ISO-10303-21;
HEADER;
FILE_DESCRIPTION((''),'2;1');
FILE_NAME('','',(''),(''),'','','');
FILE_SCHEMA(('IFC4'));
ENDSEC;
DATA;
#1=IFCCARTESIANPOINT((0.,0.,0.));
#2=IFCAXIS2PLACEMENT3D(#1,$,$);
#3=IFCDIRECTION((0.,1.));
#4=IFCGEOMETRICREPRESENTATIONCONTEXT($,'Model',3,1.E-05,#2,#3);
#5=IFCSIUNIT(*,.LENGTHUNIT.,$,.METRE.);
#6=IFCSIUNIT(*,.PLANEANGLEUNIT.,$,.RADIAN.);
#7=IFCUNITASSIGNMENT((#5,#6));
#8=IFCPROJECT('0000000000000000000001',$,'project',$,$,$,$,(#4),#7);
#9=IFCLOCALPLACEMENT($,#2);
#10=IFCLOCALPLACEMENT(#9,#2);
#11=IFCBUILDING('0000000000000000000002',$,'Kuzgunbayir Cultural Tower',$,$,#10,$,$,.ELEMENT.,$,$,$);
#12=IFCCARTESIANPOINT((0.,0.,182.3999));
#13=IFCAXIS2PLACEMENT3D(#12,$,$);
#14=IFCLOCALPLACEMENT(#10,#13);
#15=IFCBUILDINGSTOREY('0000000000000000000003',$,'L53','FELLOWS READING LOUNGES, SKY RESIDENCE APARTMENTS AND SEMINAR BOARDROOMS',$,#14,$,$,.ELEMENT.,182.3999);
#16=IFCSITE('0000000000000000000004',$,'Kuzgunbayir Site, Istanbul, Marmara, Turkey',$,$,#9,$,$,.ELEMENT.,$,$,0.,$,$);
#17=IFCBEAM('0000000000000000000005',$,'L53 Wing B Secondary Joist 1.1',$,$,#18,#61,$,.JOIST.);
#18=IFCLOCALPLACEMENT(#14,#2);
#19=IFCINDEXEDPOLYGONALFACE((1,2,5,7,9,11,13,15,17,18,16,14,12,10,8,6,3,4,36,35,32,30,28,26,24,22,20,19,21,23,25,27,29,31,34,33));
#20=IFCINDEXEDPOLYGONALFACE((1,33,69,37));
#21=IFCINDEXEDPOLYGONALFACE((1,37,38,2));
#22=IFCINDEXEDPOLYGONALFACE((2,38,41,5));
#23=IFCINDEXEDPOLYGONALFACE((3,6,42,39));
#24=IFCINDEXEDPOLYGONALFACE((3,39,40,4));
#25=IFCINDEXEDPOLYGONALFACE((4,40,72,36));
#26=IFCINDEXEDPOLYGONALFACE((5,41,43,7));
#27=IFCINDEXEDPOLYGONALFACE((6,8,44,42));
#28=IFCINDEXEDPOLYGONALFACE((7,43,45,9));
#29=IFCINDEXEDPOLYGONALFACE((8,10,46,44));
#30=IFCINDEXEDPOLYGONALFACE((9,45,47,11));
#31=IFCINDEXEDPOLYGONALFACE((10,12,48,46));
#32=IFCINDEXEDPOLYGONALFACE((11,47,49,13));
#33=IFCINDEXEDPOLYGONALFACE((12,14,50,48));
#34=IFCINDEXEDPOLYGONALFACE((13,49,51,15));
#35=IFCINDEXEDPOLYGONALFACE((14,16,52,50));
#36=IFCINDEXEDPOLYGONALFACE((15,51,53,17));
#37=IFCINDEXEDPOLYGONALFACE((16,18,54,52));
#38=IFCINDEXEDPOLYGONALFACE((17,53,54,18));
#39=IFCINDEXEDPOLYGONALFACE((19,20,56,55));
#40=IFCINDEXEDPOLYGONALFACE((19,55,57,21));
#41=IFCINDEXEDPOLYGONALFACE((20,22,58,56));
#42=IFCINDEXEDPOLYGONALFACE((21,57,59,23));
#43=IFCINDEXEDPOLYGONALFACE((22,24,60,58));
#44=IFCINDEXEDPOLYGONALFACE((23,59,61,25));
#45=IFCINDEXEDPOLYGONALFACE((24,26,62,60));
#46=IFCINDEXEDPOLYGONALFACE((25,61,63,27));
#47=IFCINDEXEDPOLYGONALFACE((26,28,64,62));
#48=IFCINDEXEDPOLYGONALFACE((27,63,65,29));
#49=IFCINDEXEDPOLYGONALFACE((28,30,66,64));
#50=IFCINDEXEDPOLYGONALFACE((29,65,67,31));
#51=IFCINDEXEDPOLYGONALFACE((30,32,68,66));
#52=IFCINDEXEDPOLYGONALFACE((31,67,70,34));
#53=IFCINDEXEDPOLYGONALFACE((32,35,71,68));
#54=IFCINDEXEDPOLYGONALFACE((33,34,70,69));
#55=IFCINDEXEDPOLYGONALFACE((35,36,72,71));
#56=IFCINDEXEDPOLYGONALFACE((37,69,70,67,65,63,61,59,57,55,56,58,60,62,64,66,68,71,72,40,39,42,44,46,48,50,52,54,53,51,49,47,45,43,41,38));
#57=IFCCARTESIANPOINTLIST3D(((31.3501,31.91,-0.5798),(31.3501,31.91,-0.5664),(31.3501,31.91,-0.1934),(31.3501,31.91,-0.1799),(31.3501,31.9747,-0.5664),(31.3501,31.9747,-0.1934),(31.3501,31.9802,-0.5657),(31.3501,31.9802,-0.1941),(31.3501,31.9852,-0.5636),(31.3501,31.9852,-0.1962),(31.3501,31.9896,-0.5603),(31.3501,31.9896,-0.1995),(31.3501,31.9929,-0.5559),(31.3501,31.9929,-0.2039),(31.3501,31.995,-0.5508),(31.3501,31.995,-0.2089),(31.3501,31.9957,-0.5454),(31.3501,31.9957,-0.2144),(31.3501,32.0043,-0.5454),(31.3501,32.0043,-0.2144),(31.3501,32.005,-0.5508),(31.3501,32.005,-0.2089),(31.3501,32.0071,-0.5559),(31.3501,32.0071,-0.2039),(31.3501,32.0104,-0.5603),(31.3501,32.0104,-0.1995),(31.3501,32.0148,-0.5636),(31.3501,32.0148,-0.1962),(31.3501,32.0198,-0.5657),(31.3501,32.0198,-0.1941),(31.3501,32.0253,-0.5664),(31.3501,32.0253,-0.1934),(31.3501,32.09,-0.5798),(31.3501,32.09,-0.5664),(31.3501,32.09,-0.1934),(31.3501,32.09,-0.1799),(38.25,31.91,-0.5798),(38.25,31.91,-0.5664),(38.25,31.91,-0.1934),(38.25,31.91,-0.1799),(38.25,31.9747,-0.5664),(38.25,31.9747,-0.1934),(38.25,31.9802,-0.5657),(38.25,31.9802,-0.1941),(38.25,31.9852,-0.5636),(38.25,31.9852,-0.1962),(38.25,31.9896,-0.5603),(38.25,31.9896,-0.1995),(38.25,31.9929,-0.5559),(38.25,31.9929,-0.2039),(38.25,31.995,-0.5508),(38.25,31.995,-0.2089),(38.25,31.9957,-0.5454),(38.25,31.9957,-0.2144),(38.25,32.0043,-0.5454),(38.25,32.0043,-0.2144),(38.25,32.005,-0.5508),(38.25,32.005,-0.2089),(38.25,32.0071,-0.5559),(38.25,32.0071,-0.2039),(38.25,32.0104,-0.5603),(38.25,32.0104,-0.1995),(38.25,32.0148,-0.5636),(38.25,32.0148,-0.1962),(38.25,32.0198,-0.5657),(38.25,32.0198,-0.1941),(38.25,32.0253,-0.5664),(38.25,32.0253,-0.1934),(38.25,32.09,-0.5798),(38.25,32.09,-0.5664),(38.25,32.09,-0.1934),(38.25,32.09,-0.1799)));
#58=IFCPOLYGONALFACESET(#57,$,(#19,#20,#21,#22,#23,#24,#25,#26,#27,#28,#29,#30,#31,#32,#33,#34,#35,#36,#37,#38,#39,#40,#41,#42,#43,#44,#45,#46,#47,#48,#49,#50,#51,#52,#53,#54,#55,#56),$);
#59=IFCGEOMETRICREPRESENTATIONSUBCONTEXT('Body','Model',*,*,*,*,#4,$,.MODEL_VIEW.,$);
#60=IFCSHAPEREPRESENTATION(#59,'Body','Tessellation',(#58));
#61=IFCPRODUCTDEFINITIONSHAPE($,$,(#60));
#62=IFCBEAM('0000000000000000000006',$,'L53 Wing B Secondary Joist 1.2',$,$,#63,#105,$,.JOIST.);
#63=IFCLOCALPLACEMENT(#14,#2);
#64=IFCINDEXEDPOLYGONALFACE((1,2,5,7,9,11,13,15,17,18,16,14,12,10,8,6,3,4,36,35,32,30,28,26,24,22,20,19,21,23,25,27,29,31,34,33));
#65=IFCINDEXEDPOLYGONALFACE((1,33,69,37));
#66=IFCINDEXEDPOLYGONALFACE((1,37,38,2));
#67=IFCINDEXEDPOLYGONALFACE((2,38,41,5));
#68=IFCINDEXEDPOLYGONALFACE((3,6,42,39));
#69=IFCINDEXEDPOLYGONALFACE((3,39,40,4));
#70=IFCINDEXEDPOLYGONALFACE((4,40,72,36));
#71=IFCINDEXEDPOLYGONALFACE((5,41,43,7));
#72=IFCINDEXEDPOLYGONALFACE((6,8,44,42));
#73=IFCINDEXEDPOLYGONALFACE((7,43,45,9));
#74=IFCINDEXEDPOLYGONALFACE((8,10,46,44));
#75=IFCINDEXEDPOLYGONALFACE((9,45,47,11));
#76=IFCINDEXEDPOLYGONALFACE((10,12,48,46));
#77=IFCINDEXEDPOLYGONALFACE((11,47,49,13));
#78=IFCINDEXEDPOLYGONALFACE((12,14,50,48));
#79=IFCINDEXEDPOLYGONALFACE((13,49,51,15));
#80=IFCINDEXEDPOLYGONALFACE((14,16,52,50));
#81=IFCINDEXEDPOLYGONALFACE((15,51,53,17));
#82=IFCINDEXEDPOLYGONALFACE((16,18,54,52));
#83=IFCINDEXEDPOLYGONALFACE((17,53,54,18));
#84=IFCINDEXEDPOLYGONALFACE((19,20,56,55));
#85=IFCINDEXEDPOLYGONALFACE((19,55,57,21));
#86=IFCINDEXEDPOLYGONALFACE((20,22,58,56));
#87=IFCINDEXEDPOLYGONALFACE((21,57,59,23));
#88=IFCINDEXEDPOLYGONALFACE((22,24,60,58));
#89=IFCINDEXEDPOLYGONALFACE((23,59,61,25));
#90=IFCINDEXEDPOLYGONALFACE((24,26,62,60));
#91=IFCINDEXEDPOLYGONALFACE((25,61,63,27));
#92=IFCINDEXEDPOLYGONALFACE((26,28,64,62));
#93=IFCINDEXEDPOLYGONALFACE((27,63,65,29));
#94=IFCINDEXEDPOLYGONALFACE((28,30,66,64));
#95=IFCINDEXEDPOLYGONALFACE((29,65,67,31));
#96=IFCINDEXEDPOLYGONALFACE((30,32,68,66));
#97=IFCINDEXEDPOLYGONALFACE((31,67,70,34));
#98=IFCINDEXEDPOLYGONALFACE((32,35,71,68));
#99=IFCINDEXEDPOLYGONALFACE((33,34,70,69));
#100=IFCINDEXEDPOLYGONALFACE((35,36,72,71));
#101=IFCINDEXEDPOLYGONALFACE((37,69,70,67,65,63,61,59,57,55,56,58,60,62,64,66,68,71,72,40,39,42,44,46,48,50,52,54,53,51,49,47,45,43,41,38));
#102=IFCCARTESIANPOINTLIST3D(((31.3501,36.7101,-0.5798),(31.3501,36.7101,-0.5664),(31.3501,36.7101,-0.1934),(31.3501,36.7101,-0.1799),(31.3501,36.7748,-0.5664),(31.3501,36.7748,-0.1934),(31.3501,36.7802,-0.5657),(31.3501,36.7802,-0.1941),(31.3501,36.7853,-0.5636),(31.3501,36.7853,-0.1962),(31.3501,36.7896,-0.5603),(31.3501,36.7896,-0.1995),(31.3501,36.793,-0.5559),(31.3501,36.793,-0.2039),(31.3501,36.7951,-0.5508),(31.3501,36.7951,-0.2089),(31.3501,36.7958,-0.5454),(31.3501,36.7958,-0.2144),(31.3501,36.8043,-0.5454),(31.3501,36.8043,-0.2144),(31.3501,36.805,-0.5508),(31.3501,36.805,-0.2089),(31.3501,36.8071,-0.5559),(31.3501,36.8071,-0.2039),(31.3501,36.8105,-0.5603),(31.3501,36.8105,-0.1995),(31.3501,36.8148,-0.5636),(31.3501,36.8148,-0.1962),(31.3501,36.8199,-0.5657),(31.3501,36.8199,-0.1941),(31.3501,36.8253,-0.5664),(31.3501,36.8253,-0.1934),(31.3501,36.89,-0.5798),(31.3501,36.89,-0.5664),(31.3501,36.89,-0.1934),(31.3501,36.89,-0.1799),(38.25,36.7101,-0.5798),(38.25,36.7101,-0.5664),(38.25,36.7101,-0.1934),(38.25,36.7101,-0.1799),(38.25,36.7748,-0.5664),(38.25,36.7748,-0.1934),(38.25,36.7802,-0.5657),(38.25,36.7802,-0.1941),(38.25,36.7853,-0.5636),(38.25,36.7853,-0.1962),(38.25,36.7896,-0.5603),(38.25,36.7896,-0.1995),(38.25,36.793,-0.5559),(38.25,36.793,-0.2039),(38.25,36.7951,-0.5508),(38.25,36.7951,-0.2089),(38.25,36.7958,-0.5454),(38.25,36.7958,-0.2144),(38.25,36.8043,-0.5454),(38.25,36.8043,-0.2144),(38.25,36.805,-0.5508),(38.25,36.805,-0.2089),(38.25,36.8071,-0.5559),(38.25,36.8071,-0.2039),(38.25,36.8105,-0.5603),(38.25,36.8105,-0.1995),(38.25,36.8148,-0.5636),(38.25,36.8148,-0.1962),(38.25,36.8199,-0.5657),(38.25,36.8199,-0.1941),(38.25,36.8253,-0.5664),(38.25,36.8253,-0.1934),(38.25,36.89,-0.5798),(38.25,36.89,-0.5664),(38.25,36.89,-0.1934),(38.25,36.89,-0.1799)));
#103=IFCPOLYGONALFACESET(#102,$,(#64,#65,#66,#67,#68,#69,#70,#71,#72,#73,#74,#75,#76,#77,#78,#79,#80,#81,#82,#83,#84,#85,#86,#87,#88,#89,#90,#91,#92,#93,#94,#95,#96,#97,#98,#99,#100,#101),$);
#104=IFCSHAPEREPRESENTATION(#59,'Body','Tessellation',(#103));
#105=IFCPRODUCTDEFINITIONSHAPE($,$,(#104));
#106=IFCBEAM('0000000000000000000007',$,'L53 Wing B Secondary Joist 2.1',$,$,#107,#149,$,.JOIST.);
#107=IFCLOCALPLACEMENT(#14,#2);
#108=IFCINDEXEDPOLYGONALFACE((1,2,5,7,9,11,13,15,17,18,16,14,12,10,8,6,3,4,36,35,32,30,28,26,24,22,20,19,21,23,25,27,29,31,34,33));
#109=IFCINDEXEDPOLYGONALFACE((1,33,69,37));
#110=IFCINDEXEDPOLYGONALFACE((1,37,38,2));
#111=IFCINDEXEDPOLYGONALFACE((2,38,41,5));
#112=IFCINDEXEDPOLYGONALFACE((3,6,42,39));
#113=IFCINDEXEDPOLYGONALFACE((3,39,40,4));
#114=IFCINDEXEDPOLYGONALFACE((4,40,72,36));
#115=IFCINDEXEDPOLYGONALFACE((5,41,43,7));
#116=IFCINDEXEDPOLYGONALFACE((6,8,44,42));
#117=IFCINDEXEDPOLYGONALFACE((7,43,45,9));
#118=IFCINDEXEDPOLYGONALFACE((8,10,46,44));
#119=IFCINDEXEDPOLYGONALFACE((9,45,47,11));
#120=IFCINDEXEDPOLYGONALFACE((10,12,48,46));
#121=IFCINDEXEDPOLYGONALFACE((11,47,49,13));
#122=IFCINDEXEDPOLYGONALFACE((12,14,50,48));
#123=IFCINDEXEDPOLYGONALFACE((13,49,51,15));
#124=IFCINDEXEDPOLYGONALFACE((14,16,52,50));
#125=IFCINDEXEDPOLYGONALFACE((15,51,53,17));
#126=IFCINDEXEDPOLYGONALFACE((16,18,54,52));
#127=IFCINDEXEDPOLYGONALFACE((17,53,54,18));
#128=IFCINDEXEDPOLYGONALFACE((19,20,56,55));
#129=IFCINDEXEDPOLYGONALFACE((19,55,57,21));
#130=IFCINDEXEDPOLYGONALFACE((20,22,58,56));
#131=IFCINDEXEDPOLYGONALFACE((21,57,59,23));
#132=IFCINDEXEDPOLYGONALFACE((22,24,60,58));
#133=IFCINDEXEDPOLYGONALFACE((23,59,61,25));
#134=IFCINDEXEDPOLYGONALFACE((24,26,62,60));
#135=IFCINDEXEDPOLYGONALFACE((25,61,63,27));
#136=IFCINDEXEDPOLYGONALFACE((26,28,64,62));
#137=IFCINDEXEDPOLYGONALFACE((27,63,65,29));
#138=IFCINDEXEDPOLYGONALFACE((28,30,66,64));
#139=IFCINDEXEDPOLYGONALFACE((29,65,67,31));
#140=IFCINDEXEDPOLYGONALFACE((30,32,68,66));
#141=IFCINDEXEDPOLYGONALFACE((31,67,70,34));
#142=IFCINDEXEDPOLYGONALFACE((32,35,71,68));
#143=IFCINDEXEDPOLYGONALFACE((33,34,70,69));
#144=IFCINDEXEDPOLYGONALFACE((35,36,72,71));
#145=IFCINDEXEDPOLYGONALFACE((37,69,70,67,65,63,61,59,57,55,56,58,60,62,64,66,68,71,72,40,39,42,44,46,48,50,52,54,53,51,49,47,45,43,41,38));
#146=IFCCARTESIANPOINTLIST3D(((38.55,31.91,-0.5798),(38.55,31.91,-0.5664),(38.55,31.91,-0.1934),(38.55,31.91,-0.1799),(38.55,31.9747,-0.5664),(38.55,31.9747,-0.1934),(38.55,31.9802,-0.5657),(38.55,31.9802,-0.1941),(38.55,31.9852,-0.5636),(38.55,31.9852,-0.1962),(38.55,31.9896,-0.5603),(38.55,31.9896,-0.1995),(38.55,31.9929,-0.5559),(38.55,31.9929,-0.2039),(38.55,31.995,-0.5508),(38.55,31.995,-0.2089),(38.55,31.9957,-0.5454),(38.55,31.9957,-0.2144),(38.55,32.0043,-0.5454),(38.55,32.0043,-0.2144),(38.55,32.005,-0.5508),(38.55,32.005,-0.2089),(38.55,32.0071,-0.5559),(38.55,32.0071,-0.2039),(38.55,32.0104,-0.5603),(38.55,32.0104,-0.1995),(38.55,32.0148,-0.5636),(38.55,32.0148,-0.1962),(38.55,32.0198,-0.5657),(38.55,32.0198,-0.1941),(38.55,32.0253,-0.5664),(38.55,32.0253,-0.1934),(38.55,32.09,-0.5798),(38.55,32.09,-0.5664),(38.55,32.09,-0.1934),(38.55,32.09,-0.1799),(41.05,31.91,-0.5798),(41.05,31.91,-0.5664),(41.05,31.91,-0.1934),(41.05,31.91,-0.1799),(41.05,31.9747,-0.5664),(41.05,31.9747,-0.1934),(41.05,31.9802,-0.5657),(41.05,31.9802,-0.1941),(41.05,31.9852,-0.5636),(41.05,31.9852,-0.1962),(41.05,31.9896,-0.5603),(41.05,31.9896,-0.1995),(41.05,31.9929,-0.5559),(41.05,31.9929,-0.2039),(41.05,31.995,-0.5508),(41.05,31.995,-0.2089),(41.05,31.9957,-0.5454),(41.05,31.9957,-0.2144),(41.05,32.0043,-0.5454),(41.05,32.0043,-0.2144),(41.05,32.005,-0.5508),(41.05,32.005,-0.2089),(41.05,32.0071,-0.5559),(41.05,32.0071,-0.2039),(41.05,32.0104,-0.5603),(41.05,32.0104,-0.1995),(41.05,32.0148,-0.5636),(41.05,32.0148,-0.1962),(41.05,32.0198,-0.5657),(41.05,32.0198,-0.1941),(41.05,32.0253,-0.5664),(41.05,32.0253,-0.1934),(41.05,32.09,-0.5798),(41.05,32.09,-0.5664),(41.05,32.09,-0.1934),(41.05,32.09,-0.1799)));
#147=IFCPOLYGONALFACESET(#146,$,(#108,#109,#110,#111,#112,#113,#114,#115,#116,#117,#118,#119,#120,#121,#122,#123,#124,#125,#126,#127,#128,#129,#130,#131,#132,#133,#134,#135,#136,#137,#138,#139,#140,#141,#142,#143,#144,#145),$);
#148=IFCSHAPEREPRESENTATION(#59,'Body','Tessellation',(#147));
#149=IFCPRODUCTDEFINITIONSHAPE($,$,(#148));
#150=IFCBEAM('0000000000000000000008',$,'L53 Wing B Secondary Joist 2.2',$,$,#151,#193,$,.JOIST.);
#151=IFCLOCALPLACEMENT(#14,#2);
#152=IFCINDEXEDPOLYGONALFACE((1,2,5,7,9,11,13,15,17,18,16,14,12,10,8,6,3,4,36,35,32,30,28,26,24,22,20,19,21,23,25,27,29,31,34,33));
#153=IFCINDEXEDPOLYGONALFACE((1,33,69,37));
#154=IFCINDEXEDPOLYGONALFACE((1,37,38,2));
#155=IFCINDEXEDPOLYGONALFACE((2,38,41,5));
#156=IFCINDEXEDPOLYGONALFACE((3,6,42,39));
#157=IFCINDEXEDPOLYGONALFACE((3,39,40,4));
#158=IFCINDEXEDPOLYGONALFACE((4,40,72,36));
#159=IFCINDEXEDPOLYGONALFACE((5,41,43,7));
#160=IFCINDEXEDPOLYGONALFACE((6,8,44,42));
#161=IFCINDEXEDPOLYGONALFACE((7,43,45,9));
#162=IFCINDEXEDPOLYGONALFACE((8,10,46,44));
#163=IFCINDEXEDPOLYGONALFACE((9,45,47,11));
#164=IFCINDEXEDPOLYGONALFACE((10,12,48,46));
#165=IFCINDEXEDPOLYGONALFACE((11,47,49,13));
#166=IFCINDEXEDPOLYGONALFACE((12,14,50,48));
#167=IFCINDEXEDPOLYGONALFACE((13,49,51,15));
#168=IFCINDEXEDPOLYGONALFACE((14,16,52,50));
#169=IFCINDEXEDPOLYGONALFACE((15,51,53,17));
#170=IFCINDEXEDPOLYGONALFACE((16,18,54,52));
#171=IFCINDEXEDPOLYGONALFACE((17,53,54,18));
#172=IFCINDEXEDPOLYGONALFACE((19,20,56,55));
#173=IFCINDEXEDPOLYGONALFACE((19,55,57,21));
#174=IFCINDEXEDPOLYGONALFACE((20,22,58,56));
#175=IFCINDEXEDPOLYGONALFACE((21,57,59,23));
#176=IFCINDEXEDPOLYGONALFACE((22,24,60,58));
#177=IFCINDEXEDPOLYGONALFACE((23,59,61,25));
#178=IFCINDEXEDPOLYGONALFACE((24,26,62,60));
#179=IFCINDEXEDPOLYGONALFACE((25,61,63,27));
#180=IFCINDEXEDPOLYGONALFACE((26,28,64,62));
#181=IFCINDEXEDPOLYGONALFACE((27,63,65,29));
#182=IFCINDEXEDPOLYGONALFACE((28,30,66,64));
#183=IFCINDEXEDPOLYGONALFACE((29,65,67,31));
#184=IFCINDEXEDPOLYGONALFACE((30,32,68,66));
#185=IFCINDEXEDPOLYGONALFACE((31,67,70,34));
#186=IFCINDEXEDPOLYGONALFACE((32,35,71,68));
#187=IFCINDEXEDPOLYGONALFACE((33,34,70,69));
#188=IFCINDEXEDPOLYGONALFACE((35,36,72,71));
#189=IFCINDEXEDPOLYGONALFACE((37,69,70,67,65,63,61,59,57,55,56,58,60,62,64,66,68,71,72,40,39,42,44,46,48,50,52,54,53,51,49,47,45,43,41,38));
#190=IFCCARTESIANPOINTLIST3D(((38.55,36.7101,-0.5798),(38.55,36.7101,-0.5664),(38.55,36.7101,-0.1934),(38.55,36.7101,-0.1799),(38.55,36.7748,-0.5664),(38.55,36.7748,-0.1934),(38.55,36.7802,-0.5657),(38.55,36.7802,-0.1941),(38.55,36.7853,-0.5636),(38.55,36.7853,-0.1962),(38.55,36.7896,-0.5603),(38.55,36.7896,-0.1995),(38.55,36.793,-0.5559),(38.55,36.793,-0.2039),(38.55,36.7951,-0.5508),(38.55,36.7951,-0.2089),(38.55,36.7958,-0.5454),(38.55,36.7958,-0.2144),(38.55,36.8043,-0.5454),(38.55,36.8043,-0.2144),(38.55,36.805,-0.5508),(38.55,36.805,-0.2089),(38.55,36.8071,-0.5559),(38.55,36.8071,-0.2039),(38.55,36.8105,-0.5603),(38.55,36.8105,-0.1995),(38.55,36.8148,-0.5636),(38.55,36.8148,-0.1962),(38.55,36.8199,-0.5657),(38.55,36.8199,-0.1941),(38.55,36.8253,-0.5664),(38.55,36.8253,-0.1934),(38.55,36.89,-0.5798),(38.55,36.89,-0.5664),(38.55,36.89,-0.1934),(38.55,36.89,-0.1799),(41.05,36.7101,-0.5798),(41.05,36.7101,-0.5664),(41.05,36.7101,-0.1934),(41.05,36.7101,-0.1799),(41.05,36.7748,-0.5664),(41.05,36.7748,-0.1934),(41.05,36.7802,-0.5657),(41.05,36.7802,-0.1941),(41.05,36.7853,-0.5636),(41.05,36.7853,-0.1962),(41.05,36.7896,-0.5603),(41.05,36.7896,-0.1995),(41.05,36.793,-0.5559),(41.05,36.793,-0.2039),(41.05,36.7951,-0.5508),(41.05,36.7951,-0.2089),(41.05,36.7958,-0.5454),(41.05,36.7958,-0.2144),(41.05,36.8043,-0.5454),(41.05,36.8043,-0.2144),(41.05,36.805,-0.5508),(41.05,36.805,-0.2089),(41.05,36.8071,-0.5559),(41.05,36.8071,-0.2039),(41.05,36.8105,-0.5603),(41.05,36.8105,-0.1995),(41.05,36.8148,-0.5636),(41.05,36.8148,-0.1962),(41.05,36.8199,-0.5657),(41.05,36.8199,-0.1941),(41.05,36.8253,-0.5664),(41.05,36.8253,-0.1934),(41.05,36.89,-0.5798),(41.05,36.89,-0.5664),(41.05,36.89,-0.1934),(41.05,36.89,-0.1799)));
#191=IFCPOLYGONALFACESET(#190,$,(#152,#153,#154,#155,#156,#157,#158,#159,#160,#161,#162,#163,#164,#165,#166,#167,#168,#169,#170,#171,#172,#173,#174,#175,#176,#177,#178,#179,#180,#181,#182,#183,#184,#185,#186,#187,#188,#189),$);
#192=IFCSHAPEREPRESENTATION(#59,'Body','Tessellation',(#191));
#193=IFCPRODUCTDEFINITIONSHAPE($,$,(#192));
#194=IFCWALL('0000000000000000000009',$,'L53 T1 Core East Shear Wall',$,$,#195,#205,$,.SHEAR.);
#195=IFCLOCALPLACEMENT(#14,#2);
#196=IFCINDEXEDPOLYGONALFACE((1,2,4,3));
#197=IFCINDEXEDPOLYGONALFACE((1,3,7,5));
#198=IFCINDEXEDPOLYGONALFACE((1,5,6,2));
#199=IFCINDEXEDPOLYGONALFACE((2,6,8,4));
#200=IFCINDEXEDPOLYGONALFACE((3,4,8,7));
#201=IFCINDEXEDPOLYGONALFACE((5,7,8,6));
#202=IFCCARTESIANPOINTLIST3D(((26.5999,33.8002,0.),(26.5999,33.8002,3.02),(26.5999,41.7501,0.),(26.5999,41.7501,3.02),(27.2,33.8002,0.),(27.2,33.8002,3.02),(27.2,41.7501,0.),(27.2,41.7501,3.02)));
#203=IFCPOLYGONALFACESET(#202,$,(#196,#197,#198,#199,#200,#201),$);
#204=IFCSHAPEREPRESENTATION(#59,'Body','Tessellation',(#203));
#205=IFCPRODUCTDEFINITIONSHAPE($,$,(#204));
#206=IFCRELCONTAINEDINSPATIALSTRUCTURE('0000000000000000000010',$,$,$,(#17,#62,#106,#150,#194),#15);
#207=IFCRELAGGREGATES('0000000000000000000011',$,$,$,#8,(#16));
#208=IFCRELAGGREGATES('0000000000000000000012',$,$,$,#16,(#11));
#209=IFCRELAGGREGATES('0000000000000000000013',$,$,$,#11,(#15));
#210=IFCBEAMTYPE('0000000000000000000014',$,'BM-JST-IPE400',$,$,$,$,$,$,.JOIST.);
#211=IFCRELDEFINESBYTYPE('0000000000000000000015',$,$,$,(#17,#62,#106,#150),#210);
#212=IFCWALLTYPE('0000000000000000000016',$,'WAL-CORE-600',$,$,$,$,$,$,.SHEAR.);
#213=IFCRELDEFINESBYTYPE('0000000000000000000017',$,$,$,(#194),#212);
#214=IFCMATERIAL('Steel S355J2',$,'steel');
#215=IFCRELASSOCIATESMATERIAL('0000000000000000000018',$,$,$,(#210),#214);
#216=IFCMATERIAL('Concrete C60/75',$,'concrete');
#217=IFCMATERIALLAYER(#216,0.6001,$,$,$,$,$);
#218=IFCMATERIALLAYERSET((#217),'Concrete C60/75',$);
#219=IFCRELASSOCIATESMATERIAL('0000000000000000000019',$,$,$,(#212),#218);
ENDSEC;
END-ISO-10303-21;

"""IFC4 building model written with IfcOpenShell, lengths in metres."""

from ifc_helpers import new_model, si_unit, direction, frame, frame_2d, origin, origin_2d, place, context, subcontext, project, spatial, rectangle, i_section, extrude, material, layer, layer_set, material_profile, profile_set, type_object, element, save


model = new_model("IFC4")

# Units and contexts
model_context = context("Model", 3, precision=1e-05, world=origin(), true_north=direction((0.0, 1.0)))
body_context = subcontext(model_context, "Body", "Model", "MODEL_VIEW")
ifc_project = project(units=[si_unit("LENGTHUNIT", "METRE"), si_unit("PLANEANGLEUNIT", "RADIAN")], contexts=[model_context])

# Site, building, storey
site_placement = place(None, origin())
site = spatial("IfcSite", under=ifc_project, at=site_placement, Name="Kuzgunbayir Site, Istanbul, Marmara, Turkey", CompositionType="ELEMENT", RefElevation=0.0)
building_placement = place(site_placement, origin())
building = spatial("IfcBuilding", under=site, at=building_placement, Name="Kuzgunbayir Cultural Tower", CompositionType="ELEMENT")
storey_placement = place(building_placement, frame((0.0, 0.0, 182.3999)))
storey = spatial("IfcBuildingStorey", under=building, at=storey_placement, Name="L53", Description="FELLOWS READING LOUNGES, SKY RESIDENCE APARTMENTS AND SEMINAR BOARDROOMS", CompositionType="ELEMENT", Elevation=182.3999)

# Beams
ifc_material_1 = material(Name="Steel S355J2", Category="steel")
ifc_material_profile_1 = material_profile(ifc_material_1, i_section(OverallWidth=0.1799, OverallDepth=0.3999, WebThickness=0.0085, FlangeThickness=0.0134, FilletRadius=0.021, at=origin_2d()), Name="IPE 400")
ifc_profile_set_1 = profile_set([ifc_material_profile_1], Name="Steel S355J2")
beam_type_1 = type_object("IfcBeamType", Name="BM-JST-IPE400", PredefinedType="JOIST", material=ifc_profile_set_1)
for number, where, z_axis, x_axis, name in (
    (1, (31.3501, 32.0, -0.3799), (1.0, 0.0, 0.0), (0.0, 1.0, 0.0), "L53 Wing B Secondary Joist 1.1"),
    (2, (31.3501, 36.8, -0.3799), (1.0, 0.0, 0.0), (0.0, 1.0, 0.0), "L53 Wing B Secondary Joist 1.2"),
):
    element("IfcBeam", number, at=place(storey_placement, frame(where, z_axis=z_axis, x_axis=x_axis)), inside=storey, type_object=beam_type_1, Name=name, PredefinedType="JOIST", context=body_context, shape_type="SweptSolid", body=[
        extrude(i_section(OverallWidth=0.1799, OverallDepth=0.3999, WebThickness=0.0085, FlangeThickness=0.0134, FilletRadius=0.021, at=origin_2d()), origin(), (0.0, 0.0, 1.0), 6.8999),
    ])
for number, where, z_axis, x_axis, name in (
    (3, (38.55, 32.0, -0.3799), (1.0, 0.0, 0.0), (0.0, 1.0, 0.0), "L53 Wing B Secondary Joist 2.1"),
    (4, (38.55, 36.8, -0.3799), (1.0, 0.0, 0.0), (0.0, 1.0, 0.0), "L53 Wing B Secondary Joist 2.2"),
):
    element("IfcBeam", number, at=place(storey_placement, frame(where, z_axis=z_axis, x_axis=x_axis)), inside=storey, type_object=beam_type_1, Name=name, PredefinedType="JOIST", context=body_context, shape_type="SweptSolid", body=[
        extrude(i_section(OverallWidth=0.1799, OverallDepth=0.3999, WebThickness=0.0085, FlangeThickness=0.0134, FilletRadius=0.021, at=origin_2d()), origin(), (0.0, 0.0, 1.0), 2.5),
    ])

# Wall
ifc_material_2 = material(Name="Concrete C60/75", Category="concrete")
ifc_layer_1 = layer(ifc_material_2, 0.6001)
ifc_layer_set_1 = layer_set([ifc_layer_1], Name="Concrete C60/75")
wall_type_1 = type_object("IfcWallType", Name="WAL-CORE-600", PredefinedType="SHEAR", material=ifc_layer_set_1)
wall_1_placement = place(storey_placement, frame((26.8999, 33.8, 0.0), z_axis=(0.0, 0.0, 1.0), x_axis=(0.0, 1.0, 0.0)))
element("IfcWall", 5, at=wall_1_placement, inside=storey, type_object=wall_type_1, Name="L53 T1 Core East Shear Wall", PredefinedType="SHEAR", context=body_context, shape_type="SweptSolid", body=[
    extrude(rectangle(XDim=7.95, YDim=0.6001, at=frame_2d((3.9751, 0.0))), origin(), (0.0, 0.0, 1.0), 3.02),
])

save(model, "model.ifc")
